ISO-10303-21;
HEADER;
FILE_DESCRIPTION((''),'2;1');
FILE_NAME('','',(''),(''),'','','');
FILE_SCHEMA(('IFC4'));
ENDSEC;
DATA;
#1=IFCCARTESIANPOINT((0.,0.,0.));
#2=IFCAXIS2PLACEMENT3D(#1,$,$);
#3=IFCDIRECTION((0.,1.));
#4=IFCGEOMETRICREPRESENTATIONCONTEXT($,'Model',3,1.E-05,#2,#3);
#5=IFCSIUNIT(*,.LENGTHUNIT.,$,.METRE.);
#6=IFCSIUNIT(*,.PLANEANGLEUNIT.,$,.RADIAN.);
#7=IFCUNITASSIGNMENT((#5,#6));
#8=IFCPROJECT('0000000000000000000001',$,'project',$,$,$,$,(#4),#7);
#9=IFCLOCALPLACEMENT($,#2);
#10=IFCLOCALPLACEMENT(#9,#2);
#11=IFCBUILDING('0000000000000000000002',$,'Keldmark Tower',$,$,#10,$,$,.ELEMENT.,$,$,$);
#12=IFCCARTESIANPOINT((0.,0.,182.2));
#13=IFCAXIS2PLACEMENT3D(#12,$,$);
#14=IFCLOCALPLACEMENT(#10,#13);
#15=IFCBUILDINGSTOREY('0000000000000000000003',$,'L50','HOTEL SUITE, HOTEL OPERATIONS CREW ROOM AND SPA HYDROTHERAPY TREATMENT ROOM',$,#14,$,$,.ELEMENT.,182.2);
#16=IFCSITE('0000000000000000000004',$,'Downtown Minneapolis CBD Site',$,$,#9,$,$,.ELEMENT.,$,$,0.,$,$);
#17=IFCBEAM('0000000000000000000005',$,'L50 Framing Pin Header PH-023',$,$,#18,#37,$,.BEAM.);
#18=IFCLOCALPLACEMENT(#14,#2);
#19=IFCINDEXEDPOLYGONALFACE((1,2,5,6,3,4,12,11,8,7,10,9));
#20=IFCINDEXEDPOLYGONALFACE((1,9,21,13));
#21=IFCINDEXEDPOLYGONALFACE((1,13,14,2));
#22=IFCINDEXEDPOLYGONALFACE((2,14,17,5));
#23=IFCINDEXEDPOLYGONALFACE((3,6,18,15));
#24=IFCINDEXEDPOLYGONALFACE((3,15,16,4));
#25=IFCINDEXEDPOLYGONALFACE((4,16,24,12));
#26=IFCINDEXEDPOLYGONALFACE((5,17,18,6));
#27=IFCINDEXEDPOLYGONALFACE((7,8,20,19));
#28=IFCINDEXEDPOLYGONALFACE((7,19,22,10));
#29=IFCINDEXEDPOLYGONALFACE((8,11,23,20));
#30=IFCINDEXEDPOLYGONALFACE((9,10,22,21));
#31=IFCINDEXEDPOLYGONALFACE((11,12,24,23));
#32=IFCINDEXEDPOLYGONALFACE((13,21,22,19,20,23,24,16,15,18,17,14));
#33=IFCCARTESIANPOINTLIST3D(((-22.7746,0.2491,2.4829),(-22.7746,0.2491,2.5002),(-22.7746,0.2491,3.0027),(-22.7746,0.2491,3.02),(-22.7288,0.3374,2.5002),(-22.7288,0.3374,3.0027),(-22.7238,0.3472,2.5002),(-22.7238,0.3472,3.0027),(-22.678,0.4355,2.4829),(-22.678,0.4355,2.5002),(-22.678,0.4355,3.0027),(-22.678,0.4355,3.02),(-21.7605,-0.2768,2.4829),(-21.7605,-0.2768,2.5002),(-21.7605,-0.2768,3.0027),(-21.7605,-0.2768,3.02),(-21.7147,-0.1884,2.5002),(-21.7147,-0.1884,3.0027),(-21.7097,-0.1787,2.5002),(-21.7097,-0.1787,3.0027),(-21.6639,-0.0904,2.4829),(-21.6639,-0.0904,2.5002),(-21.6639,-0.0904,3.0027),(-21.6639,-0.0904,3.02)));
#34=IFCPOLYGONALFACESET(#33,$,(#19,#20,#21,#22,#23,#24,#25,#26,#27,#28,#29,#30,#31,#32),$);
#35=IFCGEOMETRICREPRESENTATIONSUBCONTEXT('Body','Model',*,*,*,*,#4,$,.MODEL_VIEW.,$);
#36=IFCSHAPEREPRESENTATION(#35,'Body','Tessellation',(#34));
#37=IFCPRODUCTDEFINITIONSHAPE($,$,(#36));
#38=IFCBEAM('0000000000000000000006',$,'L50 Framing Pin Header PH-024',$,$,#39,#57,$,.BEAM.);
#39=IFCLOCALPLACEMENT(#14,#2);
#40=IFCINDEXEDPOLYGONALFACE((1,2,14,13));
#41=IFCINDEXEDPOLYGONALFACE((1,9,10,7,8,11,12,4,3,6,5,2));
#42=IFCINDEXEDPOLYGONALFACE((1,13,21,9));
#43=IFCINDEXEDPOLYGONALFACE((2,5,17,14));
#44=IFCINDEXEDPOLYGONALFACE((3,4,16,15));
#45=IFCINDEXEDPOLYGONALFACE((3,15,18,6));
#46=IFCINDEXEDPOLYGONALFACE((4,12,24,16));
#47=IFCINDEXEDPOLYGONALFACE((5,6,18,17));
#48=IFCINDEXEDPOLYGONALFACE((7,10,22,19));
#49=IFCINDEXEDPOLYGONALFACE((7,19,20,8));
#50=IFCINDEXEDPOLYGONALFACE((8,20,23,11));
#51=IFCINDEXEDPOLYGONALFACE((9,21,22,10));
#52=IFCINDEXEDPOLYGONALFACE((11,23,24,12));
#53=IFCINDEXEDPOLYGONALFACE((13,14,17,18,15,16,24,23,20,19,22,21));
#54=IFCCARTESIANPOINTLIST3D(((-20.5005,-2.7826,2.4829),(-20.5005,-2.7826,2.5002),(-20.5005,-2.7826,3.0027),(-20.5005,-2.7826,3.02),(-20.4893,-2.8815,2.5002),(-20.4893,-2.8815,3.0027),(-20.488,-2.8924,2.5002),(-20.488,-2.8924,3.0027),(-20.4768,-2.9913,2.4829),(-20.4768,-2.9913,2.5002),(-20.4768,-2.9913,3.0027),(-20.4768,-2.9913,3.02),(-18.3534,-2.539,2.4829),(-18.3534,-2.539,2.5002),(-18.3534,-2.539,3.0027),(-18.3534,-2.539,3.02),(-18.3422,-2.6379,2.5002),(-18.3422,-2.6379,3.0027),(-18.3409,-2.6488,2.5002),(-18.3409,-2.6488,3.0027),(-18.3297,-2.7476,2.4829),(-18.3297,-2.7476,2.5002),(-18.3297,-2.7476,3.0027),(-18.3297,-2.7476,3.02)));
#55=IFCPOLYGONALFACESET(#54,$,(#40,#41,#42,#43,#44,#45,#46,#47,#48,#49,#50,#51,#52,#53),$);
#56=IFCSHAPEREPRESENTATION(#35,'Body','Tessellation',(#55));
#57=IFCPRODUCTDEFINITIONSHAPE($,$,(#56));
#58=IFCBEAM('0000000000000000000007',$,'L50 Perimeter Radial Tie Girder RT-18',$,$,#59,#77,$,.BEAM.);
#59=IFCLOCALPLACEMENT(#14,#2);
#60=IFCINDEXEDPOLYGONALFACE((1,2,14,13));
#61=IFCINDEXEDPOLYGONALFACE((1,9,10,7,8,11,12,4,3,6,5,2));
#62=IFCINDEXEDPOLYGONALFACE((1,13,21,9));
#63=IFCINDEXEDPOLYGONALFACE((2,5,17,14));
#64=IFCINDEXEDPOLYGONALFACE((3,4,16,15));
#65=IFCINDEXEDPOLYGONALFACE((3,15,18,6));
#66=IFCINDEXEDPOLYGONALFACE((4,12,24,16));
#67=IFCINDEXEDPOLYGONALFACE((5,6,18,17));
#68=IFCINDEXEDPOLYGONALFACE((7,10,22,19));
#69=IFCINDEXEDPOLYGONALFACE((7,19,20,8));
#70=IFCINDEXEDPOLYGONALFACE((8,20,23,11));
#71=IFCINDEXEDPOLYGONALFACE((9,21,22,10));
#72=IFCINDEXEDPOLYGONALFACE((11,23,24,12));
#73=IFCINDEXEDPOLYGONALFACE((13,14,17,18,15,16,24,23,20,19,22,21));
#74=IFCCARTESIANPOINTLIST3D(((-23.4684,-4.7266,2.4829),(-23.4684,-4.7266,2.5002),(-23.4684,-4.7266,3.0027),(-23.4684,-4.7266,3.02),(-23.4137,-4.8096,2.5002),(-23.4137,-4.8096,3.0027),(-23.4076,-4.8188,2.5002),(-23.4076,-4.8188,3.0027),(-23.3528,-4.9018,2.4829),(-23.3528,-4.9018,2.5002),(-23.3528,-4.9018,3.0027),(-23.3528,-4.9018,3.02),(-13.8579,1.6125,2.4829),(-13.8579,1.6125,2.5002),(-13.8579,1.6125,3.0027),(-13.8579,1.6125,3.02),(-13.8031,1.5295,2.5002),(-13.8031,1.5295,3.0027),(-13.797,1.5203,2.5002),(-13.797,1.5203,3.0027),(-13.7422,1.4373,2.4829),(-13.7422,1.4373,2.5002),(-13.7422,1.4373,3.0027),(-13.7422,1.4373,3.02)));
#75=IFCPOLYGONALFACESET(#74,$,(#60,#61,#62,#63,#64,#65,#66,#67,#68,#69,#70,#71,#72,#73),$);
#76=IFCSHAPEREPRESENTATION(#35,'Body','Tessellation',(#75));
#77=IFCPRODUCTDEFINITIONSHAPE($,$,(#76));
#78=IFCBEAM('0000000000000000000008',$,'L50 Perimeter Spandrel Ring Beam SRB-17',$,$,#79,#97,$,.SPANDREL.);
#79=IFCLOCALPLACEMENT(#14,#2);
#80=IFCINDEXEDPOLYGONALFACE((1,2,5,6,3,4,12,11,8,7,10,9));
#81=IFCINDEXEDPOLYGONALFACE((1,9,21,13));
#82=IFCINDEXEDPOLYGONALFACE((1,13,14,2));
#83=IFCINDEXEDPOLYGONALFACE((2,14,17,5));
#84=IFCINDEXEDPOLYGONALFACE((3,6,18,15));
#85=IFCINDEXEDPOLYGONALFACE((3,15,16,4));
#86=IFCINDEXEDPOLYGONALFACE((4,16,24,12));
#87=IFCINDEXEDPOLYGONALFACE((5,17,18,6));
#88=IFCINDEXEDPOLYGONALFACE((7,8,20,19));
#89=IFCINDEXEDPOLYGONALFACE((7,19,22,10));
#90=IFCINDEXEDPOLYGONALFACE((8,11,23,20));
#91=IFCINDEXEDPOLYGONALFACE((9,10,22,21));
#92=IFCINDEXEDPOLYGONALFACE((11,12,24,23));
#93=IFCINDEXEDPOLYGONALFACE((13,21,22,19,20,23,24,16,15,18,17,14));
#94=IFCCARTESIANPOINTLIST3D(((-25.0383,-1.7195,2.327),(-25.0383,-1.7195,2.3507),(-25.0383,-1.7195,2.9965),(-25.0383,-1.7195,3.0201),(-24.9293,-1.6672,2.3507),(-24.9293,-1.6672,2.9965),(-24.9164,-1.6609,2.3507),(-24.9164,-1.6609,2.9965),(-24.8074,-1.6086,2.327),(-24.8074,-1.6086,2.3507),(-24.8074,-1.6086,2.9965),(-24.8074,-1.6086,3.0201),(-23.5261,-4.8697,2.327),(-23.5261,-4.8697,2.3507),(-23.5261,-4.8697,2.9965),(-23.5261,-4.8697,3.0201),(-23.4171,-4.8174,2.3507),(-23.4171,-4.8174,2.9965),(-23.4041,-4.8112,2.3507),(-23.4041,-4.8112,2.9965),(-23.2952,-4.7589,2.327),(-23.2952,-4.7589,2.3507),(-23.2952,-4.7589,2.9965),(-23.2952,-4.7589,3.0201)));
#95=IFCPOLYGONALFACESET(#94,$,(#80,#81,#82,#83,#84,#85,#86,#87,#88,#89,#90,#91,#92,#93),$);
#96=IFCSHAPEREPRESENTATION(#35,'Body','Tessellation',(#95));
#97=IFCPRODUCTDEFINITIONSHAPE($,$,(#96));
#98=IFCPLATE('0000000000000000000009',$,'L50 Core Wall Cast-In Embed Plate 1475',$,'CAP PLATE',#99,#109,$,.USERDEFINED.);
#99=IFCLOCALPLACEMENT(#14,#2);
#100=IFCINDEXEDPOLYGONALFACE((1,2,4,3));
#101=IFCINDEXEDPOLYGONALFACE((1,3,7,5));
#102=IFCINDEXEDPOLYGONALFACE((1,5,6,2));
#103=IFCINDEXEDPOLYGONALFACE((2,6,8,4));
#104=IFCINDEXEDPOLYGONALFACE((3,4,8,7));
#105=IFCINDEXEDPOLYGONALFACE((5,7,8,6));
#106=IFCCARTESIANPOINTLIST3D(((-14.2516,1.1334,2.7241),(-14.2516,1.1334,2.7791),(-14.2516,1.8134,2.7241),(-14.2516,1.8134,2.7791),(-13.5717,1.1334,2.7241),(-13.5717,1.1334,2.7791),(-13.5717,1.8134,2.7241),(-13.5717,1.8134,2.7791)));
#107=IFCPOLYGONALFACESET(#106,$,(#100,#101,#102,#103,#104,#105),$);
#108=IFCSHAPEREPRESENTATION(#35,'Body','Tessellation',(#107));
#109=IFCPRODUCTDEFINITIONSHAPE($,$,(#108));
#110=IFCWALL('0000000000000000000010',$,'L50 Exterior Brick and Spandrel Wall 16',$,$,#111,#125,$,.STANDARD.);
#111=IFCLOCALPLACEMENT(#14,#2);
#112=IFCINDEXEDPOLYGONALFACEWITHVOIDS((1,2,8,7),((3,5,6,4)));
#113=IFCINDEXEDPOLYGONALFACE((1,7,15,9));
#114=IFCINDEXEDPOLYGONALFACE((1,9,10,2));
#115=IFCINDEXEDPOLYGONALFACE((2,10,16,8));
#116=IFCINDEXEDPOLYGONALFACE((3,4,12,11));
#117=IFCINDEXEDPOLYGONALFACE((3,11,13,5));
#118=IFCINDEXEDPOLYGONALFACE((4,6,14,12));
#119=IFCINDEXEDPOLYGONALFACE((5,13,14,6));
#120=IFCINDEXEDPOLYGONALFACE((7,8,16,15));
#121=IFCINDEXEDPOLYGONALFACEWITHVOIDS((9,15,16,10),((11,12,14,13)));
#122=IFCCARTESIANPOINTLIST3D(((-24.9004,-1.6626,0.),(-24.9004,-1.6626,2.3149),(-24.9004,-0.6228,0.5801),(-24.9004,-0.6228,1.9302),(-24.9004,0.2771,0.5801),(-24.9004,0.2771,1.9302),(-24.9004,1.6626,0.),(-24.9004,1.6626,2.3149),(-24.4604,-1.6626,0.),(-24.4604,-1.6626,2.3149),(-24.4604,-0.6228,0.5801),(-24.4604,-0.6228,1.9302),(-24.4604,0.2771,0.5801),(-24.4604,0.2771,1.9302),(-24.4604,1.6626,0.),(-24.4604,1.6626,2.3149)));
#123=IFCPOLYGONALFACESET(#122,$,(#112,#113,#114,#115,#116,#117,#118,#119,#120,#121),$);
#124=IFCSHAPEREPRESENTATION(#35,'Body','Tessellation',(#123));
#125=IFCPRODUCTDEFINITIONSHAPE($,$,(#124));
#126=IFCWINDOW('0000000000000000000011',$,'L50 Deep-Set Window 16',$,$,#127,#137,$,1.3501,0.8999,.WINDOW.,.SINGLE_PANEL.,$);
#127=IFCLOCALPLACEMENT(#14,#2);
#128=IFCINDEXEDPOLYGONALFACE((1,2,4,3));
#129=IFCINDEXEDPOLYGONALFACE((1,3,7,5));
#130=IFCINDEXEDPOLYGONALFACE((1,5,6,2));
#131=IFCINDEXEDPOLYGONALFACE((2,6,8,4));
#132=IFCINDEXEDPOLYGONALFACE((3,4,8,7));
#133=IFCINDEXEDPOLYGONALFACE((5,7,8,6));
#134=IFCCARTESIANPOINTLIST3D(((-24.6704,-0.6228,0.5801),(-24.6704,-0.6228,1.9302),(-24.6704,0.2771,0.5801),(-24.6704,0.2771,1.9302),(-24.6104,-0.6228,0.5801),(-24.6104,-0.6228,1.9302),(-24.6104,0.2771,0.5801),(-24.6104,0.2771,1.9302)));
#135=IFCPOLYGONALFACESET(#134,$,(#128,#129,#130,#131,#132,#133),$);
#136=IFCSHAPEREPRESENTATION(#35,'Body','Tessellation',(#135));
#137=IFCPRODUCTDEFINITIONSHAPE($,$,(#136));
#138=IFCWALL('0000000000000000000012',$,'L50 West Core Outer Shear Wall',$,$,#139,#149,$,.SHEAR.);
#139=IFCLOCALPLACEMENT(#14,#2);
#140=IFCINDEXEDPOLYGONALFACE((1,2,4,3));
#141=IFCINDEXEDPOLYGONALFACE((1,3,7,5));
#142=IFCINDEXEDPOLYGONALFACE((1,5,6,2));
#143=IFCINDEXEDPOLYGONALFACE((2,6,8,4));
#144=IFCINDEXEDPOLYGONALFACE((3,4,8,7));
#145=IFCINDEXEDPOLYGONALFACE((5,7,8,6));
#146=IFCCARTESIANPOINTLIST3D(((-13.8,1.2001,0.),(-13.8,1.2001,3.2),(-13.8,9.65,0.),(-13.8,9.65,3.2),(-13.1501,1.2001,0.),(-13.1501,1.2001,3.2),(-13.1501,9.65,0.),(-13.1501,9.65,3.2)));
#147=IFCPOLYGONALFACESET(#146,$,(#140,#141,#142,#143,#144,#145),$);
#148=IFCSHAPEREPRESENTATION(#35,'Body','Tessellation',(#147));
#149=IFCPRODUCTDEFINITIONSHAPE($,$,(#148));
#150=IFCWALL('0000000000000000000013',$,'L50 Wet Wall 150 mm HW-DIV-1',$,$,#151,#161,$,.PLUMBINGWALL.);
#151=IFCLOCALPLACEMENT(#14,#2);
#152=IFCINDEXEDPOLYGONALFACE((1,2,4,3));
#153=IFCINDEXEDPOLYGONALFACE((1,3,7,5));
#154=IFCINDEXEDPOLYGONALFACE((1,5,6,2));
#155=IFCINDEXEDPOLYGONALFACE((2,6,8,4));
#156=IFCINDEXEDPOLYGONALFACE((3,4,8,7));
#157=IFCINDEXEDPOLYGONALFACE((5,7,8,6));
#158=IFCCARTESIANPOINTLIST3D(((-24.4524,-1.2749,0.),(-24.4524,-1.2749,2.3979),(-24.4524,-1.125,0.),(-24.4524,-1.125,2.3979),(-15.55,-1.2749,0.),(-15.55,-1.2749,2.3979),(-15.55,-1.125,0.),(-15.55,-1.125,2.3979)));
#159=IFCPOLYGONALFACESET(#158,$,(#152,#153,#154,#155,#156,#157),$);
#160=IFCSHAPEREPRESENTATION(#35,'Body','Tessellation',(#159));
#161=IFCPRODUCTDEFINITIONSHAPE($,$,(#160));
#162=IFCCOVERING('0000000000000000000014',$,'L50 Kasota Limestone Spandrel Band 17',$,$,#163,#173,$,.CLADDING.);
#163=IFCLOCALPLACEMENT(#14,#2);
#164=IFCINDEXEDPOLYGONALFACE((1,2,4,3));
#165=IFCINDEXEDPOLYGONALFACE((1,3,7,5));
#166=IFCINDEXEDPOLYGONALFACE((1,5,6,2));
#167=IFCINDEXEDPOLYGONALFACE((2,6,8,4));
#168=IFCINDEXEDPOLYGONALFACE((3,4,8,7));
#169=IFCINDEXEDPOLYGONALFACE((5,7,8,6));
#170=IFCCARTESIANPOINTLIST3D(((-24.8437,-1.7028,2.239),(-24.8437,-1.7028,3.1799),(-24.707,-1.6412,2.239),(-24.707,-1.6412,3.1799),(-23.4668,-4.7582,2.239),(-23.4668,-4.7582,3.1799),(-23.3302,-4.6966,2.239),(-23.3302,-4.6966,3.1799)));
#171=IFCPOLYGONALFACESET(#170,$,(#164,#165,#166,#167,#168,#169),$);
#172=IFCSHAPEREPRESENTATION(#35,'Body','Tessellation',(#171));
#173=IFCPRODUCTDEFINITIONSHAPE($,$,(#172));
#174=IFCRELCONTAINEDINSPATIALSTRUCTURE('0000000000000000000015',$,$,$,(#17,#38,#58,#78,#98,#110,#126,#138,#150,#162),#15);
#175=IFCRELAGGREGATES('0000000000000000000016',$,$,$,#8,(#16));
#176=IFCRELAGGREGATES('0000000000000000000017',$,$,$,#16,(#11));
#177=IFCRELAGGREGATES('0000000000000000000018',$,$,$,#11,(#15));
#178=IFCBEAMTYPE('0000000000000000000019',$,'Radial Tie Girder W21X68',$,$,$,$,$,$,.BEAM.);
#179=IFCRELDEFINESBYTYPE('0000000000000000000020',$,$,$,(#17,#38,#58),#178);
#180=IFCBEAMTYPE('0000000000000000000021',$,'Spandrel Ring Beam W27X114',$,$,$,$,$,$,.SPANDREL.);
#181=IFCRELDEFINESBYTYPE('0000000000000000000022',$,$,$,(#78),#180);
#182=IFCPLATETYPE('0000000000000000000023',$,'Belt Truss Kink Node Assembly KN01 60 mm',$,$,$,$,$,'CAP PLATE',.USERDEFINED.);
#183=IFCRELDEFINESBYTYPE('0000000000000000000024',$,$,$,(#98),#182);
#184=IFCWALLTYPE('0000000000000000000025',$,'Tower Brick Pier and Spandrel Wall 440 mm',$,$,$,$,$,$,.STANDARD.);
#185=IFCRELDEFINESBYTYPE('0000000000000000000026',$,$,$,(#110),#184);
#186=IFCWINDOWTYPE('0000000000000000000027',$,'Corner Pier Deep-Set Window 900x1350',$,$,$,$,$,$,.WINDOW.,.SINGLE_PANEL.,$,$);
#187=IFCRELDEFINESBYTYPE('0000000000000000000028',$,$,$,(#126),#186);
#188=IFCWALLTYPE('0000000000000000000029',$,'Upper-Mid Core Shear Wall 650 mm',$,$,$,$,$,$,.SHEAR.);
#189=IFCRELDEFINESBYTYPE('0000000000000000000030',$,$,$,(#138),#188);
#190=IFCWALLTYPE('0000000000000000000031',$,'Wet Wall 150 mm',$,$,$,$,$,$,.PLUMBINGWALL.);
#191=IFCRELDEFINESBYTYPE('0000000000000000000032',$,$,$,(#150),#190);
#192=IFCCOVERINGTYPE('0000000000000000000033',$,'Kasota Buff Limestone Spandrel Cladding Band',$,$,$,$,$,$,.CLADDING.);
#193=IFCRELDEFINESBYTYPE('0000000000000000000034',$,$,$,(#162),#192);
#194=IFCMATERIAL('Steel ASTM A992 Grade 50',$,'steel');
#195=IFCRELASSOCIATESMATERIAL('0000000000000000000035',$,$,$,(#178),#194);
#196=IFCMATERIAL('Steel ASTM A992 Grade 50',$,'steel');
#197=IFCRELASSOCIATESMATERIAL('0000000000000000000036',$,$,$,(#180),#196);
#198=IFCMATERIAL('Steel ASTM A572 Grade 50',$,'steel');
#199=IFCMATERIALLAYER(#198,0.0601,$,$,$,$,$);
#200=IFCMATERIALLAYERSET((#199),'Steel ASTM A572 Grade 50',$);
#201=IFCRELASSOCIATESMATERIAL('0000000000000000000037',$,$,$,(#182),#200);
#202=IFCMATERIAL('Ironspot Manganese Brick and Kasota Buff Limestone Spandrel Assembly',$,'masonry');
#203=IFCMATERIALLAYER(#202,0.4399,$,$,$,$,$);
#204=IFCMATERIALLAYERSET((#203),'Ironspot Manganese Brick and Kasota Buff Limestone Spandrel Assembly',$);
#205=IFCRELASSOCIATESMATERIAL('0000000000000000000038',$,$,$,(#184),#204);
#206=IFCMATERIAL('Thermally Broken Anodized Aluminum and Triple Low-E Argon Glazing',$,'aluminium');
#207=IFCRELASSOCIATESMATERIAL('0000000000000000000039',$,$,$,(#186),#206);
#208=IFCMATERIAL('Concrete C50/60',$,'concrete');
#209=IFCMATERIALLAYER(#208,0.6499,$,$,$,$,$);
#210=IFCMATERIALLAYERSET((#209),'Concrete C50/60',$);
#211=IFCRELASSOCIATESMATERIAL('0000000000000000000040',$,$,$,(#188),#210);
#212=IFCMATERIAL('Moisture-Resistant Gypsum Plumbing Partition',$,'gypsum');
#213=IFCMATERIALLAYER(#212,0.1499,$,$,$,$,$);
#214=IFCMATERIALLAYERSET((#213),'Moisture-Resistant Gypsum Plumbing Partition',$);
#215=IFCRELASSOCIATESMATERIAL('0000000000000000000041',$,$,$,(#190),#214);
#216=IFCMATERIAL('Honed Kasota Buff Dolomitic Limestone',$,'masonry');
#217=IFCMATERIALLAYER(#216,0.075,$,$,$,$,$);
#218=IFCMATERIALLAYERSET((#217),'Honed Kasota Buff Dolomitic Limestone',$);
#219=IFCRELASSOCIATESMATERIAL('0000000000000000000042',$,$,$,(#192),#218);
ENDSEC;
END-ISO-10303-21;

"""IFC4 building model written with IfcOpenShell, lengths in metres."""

from ifc_helpers import new_model, si_unit, direction, frame, frame_2d, origin, origin_2d, place, context, subcontext, project, spatial, rectangle, i_section, extrude, material, layer, layer_set, material_profile, profile_set, type_object, element, fill, save


model = new_model("IFC4")

# Units and contexts
model_context = context("Model", 3, precision=1e-05, world=origin(), true_north=direction((0.0, 1.0)))
body_context = subcontext(model_context, "Body", "Model", "MODEL_VIEW")
ifc_project = project(units=[si_unit("LENGTHUNIT", "METRE"), si_unit("PLANEANGLEUNIT", "RADIAN")], contexts=[model_context])

# Site, building, storey
site_placement = place(None, origin())
site = spatial("IfcSite", under=ifc_project, at=site_placement, Name="Downtown Minneapolis CBD Site", CompositionType="ELEMENT", RefElevation=0.0)
building_placement = place(site_placement, origin())
building = spatial("IfcBuilding", under=site, at=building_placement, Name="Keldmark Tower", CompositionType="ELEMENT")
storey_placement = place(building_placement, frame((0.0, 0.0, 182.2)))
storey = spatial("IfcBuildingStorey", under=building, at=storey_placement, Name="L50", Description="HOTEL SUITE, HOTEL OPERATIONS CREW ROOM AND SPA HYDROTHERAPY TREATMENT ROOM", CompositionType="ELEMENT", Elevation=182.2)

# Beams
ifc_material_1 = material(Name="Steel ASTM A992 Grade 50", Category="steel")
ifc_material_profile_1 = material_profile(ifc_material_1, i_section(OverallWidth=0.21, OverallDepth=0.5371, WebThickness=0.011, FlangeThickness=0.0173, at=origin_2d()), Name="W21X68")
ifc_profile_set_1 = profile_set([ifc_material_profile_1], Name="Steel ASTM A992 Grade 50")
beam_type_1 = type_object("IfcBeamType", Name="Radial Tie Girder W21X68", PredefinedType="BEAM", material=ifc_profile_set_1)
beam_1_placement = place(storey_placement, frame((-22.7263, 0.3423, 2.7515), z_axis=(0.887748, -0.46033, 0.0), x_axis=(0.46033, 0.887748, 0.0)))
element("IfcBeam", 1, at=beam_1_placement, inside=storey, type_object=beam_type_1, Name="L50 Framing Pin Header PH-023", PredefinedType="BEAM", context=body_context, shape_type="SweptSolid", body=[
    extrude(i_section(OverallWidth=0.21, OverallDepth=0.5371, WebThickness=0.011, FlangeThickness=0.0173, at=origin_2d()), origin(), (0.0, 0.0, 1.0), 1.1423),
])
beam_2_placement = place(storey_placement, frame((-18.3416, -2.6433, 2.7515), z_axis=(-0.993623, -0.11275, 0.0), x_axis=(0.11275, -0.993623, 0.0)))
element("IfcBeam", 2, at=beam_2_placement, inside=storey, type_object=beam_type_1, Name="L50 Framing Pin Header PH-024", PredefinedType="BEAM", context=body_context, shape_type="SweptSolid", body=[
    extrude(i_section(OverallWidth=0.21, OverallDepth=0.5371, WebThickness=0.011, FlangeThickness=0.0173, at=origin_2d()), origin(), (0.0, 0.0, 1.0), 2.1609),
])
beam_3_placement = place(storey_placement, frame((-13.8, 1.5249, 2.7515), z_axis=(-0.834764, -0.550607, 0.0), x_axis=(0.550607, -0.834764, 0.0)))
element("IfcBeam", 3, at=beam_3_placement, inside=storey, type_object=beam_type_1, Name="L50 Perimeter Radial Tie Girder RT-18", PredefinedType="BEAM", context=body_context, shape_type="SweptSolid", body=[
    extrude(i_section(OverallWidth=0.21, OverallDepth=0.5371, WebThickness=0.011, FlangeThickness=0.0173, at=origin_2d()), origin(), (0.0, 0.0, 1.0), 11.5129),
])
ifc_material_2 = material(Name="Steel ASTM A992 Grade 50", Category="steel")
ifc_material_profile_2 = material_profile(ifc_material_2, i_section(OverallWidth=0.2561, OverallDepth=0.6931, WebThickness=0.0144, FlangeThickness=0.0237, at=origin_2d()), Name="W27X114")
ifc_profile_set_2 = profile_set([ifc_material_profile_2], Name="Steel ASTM A992 Grade 50")
beam_type_2 = type_object("IfcBeamType", Name="Spandrel Ring Beam W27X114", PredefinedType="SPANDREL", material=ifc_profile_set_2)
beam_4_placement = place(storey_placement, frame((-24.9229, -1.6641, 2.6736), z_axis=(0.432763, -0.901508, 0.0), x_axis=(0.901508, 0.432763, 0.0)))
element("IfcBeam", 4, at=beam_4_placement, inside=storey, type_object=beam_type_2, Name="L50 Perimeter Spandrel Ring Beam SRB-17", PredefinedType="SPANDREL", context=body_context, shape_type="SweptSolid", body=[
    extrude(i_section(OverallWidth=0.2561, OverallDepth=0.6931, WebThickness=0.0144, FlangeThickness=0.0237, at=origin_2d()), origin(), (0.0, 0.0, 1.0), 3.4944),
])

# Plate
ifc_material_3 = material(Name="Steel ASTM A572 Grade 50", Category="steel")
ifc_layer_1 = layer(ifc_material_3, 0.0601)
ifc_layer_set_1 = layer_set([ifc_layer_1], Name="Steel ASTM A572 Grade 50")
plate_type = type_object("IfcPlateType", Name="Belt Truss Kink Node Assembly KN01 60 mm", ElementType="CAP PLATE", PredefinedType="USERDEFINED", material=ifc_layer_set_1)
plate_placement = place(storey_placement, frame((-13.9116, 1.4734, 2.7241), z_axis=(0.0, 0.0, 1.0), x_axis=(1.0, 0.0, 0.0)))
element("IfcPlate", 5, at=plate_placement, inside=storey, type_object=plate_type, Name="L50 Core Wall Cast-In Embed Plate 1475", ObjectType="CAP PLATE", PredefinedType="USERDEFINED", context=body_context, shape_type="SweptSolid", body=[
    extrude(rectangle(XDim=0.6799, YDim=0.6799, at=origin_2d()), origin(), (0.0, 0.0, 1.0), 0.0549),
])

# Wall, opening, window
ifc_material_4 = material(Name="Ironspot Manganese Brick and Kasota Buff Limestone Spandrel Assembly", Category="masonry")
ifc_layer_2 = layer(ifc_material_4, 0.4399)
ifc_layer_set_2 = layer_set([ifc_layer_2], Name="Ironspot Manganese Brick and Kasota Buff Limestone Spandrel Assembly")
wall_type_1 = type_object("IfcWallType", Name="Tower Brick Pier and Spandrel Wall 440 mm", PredefinedType="STANDARD", material=ifc_layer_set_2)
wall_1_placement = place(storey_placement, frame((-24.6804, -1.6626, 0.0), z_axis=(0.0, 0.0, 1.0), x_axis=(0.0, 1.0, 0.0)))
wall_1 = element("IfcWall", 6, at=wall_1_placement, inside=storey, type_object=wall_type_1, Name="L50 Exterior Brick and Spandrel Wall 16", PredefinedType="STANDARD", context=body_context, shape_type="SweptSolid", body=[
    extrude(rectangle(XDim=3.3252, YDim=0.4399, at=frame_2d((1.6626, 0.0))), origin(), (0.0, 0.0, 1.0), 2.3149),
])
opening_placement = place(wall_1_placement, frame((1.0398, 0.0, 0.5801)))
opening = element("IfcOpeningElement", 7, at=opening_placement, cuts=wall_1, PredefinedType="OPENING", context=body_context, shape_type="SweptSolid", body=[
    extrude(rectangle(XDim=0.8999, YDim=1.3501, at=frame_2d((0.45, 0.675))), frame((0.0, 0.23, 0.0), z_axis=(0.0, -1.0, 0.0), x_axis=(1.0, 0.0, 0.0)), (0.0, 0.0, 1.0), 0.46),
])
ifc_material_5 = material(Name="Thermally Broken Anodized Aluminum and Triple Low-E Argon Glazing", Category="aluminium")
window_type = type_object("IfcWindowType", Name="Corner Pier Deep-Set Window 900x1350", PartitioningType="SINGLE_PANEL", PredefinedType="WINDOW", material=ifc_material_5)
window_placement = place(opening_placement, origin())
window = element("IfcWindow", 8, at=window_placement, inside=storey, type_object=window_type, Name="L50 Deep-Set Window 16", OverallHeight=1.3501, OverallWidth=0.8999, PartitioningType="SINGLE_PANEL", PredefinedType="WINDOW", context=body_context, shape_type="SweptSolid", body=[
    extrude(rectangle(XDim=0.8999, YDim=1.3501, at=frame_2d((0.45, 0.675))), frame((0.0, -0.01, 0.0), z_axis=(0.0, -1.0, 0.0), x_axis=(1.0, 0.0, 0.0)), (0.0, 0.0, 1.0), 0.0601),
])
fill(opening, window)

# Walls
ifc_material_6 = material(Name="Concrete C50/60", Category="concrete")
ifc_layer_3 = layer(ifc_material_6, 0.6499)
ifc_layer_set_3 = layer_set([ifc_layer_3], Name="Concrete C50/60")
wall_type_2 = type_object("IfcWallType", Name="Upper-Mid Core Shear Wall 650 mm", PredefinedType="SHEAR", material=ifc_layer_set_3)
wall_2_placement = place(storey_placement, frame((-13.4751, 1.2, 0.0), z_axis=(0.0, 0.0, 1.0), x_axis=(0.0, 1.0, 0.0)))
element("IfcWall", 9, at=wall_2_placement, inside=storey, type_object=wall_type_2, Name="L50 West Core Outer Shear Wall", PredefinedType="SHEAR", context=body_context, shape_type="SweptSolid", body=[
    extrude(rectangle(XDim=8.45, YDim=0.6499, at=frame_2d((4.2251, 0.0))), origin(), (0.0, 0.0, 1.0), 3.2),
])
ifc_material_7 = material(Name="Moisture-Resistant Gypsum Plumbing Partition", Category="gypsum")
ifc_layer_4 = layer(ifc_material_7, 0.1499)
ifc_layer_set_4 = layer_set([ifc_layer_4], Name="Moisture-Resistant Gypsum Plumbing Partition")
wall_type_3 = type_object("IfcWallType", Name="Wet Wall 150 mm", PredefinedType="PLUMBINGWALL", material=ifc_layer_set_4)
wall_3_placement = place(storey_placement, frame((-24.4524, -1.2, 0.0), z_axis=(0.0, 0.0, 1.0), x_axis=(1.0, 0.0, 0.0)))
element("IfcWall", 10, at=wall_3_placement, inside=storey, type_object=wall_type_3, Name="L50 Wet Wall 150 mm HW-DIV-1", PredefinedType="PLUMBINGWALL", context=body_context, shape_type="SweptSolid", body=[
    extrude(rectangle(XDim=8.9023, YDim=0.1499, at=frame_2d((4.4512, 0.0))), origin(), (0.0, 0.0, 1.0), 2.3979),
])

# Covering
ifc_material_8 = material(Name="Honed Kasota Buff Dolomitic Limestone", Category="masonry")
ifc_layer_5 = layer(ifc_material_8, 0.075)
ifc_layer_set_5 = layer_set([ifc_layer_5], Name="Honed Kasota Buff Dolomitic Limestone")
covering_type = type_object("IfcCoveringType", Name="Kasota Buff Limestone Spandrel Cladding Band", PredefinedType="CLADDING", material=ifc_layer_set_5)
covering_placement = place(storey_placement, frame((-24.0869, -3.1997, 2.239), z_axis=(0.0, 0.0, 1.0), x_axis=(0.41083, -0.911712, 0.0)))
element("IfcCovering", 11, at=covering_placement, inside=storey, type_object=covering_type, Name="L50 Kasota Limestone Spandrel Band 17", PredefinedType="CLADDING", context=body_context, shape_type="SweptSolid", body=[
    extrude(rectangle(XDim=3.3513, YDim=0.1499, at=origin_2d()), origin(), (0.0, 0.0, 1.0), 0.9409),
])

save(model, "model.ifc")
